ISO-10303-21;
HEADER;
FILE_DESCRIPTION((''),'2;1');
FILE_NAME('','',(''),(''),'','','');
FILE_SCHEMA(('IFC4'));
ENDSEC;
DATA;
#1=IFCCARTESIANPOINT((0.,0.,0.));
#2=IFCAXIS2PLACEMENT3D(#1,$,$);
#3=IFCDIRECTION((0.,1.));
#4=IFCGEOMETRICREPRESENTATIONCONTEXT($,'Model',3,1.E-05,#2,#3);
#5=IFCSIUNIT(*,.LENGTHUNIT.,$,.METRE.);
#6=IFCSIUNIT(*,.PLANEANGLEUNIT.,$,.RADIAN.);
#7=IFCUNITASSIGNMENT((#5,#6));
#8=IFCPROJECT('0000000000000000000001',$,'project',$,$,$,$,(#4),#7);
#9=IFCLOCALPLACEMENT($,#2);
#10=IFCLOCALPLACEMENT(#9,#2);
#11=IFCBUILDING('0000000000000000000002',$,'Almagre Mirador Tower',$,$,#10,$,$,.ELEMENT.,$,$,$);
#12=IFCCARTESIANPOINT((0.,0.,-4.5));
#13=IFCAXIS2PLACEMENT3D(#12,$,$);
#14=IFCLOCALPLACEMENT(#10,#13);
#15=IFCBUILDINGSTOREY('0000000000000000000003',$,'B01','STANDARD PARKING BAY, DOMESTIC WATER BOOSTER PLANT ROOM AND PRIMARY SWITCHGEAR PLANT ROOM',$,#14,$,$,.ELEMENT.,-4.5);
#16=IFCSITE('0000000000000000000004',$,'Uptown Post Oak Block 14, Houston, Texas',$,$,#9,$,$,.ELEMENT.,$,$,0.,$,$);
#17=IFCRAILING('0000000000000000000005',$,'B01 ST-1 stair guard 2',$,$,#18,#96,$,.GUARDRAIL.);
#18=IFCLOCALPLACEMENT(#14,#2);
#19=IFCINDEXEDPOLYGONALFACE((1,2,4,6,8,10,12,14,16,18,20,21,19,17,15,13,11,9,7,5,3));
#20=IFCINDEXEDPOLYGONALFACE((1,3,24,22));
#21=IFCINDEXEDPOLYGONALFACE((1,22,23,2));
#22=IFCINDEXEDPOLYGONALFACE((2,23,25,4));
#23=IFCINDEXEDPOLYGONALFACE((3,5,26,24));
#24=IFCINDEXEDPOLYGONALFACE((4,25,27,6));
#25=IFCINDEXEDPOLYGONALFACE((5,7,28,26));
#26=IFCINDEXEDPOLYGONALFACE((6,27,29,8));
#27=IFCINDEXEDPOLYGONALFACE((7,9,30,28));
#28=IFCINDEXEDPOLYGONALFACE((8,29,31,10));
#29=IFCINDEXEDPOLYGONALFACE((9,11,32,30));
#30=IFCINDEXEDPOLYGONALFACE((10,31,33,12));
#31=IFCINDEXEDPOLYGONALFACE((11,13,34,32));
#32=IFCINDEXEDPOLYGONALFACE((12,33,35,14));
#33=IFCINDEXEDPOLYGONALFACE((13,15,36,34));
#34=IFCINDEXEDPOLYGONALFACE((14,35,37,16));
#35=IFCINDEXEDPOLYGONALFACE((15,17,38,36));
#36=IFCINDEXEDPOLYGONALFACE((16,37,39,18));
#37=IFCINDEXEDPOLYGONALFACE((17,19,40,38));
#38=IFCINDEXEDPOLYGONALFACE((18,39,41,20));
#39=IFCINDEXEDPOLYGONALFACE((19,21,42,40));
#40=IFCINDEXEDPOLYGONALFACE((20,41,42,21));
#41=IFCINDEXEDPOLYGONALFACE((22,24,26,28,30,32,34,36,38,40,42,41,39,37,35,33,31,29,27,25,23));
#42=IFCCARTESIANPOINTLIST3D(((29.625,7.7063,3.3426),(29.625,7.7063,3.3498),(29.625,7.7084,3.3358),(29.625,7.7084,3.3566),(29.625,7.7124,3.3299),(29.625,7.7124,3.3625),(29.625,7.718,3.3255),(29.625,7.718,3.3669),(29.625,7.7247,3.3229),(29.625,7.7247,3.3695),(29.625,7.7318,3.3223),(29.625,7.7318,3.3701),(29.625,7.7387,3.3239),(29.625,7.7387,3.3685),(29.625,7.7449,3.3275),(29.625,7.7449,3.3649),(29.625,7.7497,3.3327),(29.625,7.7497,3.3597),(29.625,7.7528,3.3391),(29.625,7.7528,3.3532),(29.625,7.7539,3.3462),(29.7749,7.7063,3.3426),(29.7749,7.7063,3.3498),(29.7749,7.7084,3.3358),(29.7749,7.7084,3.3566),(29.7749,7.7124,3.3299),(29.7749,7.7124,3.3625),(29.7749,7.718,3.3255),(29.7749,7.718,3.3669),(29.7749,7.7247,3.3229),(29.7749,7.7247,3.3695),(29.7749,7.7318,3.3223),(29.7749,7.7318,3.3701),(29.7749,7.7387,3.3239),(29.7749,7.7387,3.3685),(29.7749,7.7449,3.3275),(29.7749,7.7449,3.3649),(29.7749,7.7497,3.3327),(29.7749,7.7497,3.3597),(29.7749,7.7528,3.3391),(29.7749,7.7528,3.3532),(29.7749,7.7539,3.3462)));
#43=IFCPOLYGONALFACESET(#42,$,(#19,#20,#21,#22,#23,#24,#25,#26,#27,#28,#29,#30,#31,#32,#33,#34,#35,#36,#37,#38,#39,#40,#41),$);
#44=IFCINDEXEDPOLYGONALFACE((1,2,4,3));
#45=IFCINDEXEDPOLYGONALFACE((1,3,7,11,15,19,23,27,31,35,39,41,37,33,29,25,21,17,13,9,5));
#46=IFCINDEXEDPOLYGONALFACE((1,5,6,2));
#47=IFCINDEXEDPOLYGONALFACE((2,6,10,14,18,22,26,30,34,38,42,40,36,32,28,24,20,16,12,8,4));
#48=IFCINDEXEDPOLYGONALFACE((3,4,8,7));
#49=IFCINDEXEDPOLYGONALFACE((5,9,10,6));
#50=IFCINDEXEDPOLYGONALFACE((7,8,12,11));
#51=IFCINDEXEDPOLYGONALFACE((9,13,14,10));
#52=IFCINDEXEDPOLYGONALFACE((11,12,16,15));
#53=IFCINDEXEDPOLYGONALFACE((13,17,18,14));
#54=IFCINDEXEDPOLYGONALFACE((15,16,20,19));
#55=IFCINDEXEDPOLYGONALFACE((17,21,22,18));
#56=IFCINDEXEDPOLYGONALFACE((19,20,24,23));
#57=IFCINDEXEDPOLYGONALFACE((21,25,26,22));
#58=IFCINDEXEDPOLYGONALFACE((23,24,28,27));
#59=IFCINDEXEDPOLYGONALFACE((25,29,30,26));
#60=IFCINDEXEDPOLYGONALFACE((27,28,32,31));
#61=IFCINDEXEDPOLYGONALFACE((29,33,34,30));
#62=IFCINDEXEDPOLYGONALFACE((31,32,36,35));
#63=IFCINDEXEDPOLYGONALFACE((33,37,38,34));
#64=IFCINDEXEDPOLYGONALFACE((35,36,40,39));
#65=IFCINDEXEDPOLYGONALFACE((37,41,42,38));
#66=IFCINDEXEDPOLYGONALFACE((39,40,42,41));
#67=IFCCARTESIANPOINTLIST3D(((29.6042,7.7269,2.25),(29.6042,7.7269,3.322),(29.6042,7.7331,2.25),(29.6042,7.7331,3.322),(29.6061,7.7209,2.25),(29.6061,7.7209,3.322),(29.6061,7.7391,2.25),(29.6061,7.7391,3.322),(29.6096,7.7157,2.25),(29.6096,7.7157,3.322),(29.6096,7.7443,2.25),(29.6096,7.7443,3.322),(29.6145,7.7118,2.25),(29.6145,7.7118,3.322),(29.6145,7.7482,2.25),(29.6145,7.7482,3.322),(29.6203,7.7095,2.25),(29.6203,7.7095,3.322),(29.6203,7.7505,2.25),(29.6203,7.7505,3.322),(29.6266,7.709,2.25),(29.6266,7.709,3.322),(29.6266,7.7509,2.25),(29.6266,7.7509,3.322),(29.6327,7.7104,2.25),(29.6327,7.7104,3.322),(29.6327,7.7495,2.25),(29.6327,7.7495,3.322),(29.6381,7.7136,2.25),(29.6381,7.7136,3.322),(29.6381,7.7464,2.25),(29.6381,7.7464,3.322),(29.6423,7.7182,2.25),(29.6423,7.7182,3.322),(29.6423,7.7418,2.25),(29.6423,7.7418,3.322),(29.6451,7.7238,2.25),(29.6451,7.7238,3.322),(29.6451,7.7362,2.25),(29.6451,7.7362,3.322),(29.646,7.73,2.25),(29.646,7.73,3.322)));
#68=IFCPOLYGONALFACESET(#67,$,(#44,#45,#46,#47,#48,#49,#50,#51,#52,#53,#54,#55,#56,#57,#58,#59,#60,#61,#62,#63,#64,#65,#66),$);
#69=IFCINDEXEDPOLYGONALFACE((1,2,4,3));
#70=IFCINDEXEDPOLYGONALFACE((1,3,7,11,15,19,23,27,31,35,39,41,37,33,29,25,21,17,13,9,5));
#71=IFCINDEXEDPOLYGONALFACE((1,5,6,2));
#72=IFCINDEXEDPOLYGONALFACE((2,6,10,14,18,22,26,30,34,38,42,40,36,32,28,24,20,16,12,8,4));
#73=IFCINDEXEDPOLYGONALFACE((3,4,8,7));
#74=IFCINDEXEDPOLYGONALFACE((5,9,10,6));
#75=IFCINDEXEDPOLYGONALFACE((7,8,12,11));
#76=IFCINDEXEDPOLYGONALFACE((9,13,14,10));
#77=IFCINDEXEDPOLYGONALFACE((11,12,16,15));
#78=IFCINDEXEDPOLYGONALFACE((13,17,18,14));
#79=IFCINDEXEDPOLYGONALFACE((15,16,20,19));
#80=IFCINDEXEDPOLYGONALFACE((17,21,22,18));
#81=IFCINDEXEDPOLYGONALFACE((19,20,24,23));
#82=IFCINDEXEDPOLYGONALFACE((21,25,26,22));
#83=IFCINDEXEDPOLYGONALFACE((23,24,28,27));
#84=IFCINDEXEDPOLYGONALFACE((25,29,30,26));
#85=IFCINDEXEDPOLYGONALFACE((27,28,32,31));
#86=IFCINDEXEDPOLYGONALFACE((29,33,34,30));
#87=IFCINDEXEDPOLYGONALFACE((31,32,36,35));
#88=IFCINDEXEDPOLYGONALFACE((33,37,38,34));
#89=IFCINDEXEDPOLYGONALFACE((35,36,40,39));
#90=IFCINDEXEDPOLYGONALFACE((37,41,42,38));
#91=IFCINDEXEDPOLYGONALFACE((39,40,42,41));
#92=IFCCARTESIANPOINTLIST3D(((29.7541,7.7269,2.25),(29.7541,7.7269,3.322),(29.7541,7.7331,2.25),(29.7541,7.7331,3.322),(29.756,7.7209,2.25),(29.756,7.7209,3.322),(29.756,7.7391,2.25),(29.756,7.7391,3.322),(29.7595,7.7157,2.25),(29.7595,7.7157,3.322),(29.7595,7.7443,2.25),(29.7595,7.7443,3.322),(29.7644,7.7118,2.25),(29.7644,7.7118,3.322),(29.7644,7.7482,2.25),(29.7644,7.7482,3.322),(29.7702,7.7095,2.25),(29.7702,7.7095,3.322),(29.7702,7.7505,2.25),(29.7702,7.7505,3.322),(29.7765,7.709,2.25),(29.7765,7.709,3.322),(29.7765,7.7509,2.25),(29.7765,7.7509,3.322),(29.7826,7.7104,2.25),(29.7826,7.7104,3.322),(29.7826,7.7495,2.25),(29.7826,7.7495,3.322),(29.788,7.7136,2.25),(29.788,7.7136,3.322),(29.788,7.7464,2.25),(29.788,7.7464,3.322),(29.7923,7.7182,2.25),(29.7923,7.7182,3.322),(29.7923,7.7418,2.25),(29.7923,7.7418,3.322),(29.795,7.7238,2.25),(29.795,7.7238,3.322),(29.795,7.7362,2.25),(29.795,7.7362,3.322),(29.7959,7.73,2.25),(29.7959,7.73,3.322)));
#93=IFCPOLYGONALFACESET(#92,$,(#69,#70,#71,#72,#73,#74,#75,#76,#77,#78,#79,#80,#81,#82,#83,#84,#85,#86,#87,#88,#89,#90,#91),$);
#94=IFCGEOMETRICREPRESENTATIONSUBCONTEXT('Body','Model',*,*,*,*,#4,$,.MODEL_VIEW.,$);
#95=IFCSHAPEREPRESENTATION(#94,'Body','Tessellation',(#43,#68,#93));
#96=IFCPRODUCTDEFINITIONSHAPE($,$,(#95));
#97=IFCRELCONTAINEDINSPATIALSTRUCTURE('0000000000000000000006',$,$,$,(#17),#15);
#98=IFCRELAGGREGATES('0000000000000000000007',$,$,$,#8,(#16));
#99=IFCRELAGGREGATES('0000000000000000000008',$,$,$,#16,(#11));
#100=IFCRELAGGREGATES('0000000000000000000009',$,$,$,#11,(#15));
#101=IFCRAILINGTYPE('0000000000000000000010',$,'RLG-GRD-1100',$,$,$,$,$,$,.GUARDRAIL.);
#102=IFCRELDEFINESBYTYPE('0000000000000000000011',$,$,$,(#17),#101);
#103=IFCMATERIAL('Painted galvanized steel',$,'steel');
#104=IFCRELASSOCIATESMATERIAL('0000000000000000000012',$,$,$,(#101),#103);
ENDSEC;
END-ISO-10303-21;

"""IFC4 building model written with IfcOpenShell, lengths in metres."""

from ifc_helpers import new_model, si_unit, direction, frame, origin, origin_2d, place, context, subcontext, project, spatial, circle, extrude, material, type_object, element, save


model = new_model("IFC4")

# Units and contexts
model_context = context("Model", 3, precision=1e-05, world=origin(), true_north=direction((0.0, 1.0)))
body_context = subcontext(model_context, "Body", "Model", "MODEL_VIEW")
ifc_project = project(units=[si_unit("LENGTHUNIT", "METRE"), si_unit("PLANEANGLEUNIT", "RADIAN")], contexts=[model_context])

# Site, building, storey
site_placement = place(None, origin())
site = spatial("IfcSite", under=ifc_project, at=site_placement, Name="Uptown Post Oak Block 14, Houston, Texas", CompositionType="ELEMENT", RefElevation=0.0)
building_placement = place(site_placement, origin())
building = spatial("IfcBuilding", under=site, at=building_placement, Name="Almagre Mirador Tower", CompositionType="ELEMENT")
storey_placement = place(building_placement, frame((0.0, 0.0, -4.5)))
storey = spatial("IfcBuildingStorey", under=building, at=storey_placement, Name="B01", Description="STANDARD PARKING BAY, DOMESTIC WATER BOOSTER PLANT ROOM AND PRIMARY SWITCHGEAR PLANT ROOM", CompositionType="ELEMENT", Elevation=-4.5)

# Railing
ifc_material_1 = material(Name="Painted galvanized steel", Category="steel")
railing_type = type_object("IfcRailingType", Name="RLG-GRD-1100", PredefinedType="GUARDRAIL", material=ifc_material_1)
railing_1_placement = place(storey_placement, frame((29.625, 7.73, 2.25)))
element("IfcRailing", 1, at=railing_1_placement, inside=storey, type_object=railing_type, Name="B01 ST-1 stair guard 2", PredefinedType="GUARDRAIL", context=body_context, shape_type="SweptSolid", body=[
    extrude(circle(Radius=0.0239, at=origin_2d()), frame((0.0, 0.0, 1.0962), z_axis=(1.0, 0.0, 0.0), x_axis=(0.0, 1.0, 0.0)), (0.0, 0.0, 1.0), 0.1499),
    extrude(circle(Radius=0.021, at=origin_2d()), origin(), (0.0, 0.0, 1.0), 1.072),
    extrude(circle(Radius=0.021, at=origin_2d()), frame((0.1499, 0.0, 0.0)), (0.0, 0.0, 1.0), 1.072),
])

save(model, "model.ifc")
